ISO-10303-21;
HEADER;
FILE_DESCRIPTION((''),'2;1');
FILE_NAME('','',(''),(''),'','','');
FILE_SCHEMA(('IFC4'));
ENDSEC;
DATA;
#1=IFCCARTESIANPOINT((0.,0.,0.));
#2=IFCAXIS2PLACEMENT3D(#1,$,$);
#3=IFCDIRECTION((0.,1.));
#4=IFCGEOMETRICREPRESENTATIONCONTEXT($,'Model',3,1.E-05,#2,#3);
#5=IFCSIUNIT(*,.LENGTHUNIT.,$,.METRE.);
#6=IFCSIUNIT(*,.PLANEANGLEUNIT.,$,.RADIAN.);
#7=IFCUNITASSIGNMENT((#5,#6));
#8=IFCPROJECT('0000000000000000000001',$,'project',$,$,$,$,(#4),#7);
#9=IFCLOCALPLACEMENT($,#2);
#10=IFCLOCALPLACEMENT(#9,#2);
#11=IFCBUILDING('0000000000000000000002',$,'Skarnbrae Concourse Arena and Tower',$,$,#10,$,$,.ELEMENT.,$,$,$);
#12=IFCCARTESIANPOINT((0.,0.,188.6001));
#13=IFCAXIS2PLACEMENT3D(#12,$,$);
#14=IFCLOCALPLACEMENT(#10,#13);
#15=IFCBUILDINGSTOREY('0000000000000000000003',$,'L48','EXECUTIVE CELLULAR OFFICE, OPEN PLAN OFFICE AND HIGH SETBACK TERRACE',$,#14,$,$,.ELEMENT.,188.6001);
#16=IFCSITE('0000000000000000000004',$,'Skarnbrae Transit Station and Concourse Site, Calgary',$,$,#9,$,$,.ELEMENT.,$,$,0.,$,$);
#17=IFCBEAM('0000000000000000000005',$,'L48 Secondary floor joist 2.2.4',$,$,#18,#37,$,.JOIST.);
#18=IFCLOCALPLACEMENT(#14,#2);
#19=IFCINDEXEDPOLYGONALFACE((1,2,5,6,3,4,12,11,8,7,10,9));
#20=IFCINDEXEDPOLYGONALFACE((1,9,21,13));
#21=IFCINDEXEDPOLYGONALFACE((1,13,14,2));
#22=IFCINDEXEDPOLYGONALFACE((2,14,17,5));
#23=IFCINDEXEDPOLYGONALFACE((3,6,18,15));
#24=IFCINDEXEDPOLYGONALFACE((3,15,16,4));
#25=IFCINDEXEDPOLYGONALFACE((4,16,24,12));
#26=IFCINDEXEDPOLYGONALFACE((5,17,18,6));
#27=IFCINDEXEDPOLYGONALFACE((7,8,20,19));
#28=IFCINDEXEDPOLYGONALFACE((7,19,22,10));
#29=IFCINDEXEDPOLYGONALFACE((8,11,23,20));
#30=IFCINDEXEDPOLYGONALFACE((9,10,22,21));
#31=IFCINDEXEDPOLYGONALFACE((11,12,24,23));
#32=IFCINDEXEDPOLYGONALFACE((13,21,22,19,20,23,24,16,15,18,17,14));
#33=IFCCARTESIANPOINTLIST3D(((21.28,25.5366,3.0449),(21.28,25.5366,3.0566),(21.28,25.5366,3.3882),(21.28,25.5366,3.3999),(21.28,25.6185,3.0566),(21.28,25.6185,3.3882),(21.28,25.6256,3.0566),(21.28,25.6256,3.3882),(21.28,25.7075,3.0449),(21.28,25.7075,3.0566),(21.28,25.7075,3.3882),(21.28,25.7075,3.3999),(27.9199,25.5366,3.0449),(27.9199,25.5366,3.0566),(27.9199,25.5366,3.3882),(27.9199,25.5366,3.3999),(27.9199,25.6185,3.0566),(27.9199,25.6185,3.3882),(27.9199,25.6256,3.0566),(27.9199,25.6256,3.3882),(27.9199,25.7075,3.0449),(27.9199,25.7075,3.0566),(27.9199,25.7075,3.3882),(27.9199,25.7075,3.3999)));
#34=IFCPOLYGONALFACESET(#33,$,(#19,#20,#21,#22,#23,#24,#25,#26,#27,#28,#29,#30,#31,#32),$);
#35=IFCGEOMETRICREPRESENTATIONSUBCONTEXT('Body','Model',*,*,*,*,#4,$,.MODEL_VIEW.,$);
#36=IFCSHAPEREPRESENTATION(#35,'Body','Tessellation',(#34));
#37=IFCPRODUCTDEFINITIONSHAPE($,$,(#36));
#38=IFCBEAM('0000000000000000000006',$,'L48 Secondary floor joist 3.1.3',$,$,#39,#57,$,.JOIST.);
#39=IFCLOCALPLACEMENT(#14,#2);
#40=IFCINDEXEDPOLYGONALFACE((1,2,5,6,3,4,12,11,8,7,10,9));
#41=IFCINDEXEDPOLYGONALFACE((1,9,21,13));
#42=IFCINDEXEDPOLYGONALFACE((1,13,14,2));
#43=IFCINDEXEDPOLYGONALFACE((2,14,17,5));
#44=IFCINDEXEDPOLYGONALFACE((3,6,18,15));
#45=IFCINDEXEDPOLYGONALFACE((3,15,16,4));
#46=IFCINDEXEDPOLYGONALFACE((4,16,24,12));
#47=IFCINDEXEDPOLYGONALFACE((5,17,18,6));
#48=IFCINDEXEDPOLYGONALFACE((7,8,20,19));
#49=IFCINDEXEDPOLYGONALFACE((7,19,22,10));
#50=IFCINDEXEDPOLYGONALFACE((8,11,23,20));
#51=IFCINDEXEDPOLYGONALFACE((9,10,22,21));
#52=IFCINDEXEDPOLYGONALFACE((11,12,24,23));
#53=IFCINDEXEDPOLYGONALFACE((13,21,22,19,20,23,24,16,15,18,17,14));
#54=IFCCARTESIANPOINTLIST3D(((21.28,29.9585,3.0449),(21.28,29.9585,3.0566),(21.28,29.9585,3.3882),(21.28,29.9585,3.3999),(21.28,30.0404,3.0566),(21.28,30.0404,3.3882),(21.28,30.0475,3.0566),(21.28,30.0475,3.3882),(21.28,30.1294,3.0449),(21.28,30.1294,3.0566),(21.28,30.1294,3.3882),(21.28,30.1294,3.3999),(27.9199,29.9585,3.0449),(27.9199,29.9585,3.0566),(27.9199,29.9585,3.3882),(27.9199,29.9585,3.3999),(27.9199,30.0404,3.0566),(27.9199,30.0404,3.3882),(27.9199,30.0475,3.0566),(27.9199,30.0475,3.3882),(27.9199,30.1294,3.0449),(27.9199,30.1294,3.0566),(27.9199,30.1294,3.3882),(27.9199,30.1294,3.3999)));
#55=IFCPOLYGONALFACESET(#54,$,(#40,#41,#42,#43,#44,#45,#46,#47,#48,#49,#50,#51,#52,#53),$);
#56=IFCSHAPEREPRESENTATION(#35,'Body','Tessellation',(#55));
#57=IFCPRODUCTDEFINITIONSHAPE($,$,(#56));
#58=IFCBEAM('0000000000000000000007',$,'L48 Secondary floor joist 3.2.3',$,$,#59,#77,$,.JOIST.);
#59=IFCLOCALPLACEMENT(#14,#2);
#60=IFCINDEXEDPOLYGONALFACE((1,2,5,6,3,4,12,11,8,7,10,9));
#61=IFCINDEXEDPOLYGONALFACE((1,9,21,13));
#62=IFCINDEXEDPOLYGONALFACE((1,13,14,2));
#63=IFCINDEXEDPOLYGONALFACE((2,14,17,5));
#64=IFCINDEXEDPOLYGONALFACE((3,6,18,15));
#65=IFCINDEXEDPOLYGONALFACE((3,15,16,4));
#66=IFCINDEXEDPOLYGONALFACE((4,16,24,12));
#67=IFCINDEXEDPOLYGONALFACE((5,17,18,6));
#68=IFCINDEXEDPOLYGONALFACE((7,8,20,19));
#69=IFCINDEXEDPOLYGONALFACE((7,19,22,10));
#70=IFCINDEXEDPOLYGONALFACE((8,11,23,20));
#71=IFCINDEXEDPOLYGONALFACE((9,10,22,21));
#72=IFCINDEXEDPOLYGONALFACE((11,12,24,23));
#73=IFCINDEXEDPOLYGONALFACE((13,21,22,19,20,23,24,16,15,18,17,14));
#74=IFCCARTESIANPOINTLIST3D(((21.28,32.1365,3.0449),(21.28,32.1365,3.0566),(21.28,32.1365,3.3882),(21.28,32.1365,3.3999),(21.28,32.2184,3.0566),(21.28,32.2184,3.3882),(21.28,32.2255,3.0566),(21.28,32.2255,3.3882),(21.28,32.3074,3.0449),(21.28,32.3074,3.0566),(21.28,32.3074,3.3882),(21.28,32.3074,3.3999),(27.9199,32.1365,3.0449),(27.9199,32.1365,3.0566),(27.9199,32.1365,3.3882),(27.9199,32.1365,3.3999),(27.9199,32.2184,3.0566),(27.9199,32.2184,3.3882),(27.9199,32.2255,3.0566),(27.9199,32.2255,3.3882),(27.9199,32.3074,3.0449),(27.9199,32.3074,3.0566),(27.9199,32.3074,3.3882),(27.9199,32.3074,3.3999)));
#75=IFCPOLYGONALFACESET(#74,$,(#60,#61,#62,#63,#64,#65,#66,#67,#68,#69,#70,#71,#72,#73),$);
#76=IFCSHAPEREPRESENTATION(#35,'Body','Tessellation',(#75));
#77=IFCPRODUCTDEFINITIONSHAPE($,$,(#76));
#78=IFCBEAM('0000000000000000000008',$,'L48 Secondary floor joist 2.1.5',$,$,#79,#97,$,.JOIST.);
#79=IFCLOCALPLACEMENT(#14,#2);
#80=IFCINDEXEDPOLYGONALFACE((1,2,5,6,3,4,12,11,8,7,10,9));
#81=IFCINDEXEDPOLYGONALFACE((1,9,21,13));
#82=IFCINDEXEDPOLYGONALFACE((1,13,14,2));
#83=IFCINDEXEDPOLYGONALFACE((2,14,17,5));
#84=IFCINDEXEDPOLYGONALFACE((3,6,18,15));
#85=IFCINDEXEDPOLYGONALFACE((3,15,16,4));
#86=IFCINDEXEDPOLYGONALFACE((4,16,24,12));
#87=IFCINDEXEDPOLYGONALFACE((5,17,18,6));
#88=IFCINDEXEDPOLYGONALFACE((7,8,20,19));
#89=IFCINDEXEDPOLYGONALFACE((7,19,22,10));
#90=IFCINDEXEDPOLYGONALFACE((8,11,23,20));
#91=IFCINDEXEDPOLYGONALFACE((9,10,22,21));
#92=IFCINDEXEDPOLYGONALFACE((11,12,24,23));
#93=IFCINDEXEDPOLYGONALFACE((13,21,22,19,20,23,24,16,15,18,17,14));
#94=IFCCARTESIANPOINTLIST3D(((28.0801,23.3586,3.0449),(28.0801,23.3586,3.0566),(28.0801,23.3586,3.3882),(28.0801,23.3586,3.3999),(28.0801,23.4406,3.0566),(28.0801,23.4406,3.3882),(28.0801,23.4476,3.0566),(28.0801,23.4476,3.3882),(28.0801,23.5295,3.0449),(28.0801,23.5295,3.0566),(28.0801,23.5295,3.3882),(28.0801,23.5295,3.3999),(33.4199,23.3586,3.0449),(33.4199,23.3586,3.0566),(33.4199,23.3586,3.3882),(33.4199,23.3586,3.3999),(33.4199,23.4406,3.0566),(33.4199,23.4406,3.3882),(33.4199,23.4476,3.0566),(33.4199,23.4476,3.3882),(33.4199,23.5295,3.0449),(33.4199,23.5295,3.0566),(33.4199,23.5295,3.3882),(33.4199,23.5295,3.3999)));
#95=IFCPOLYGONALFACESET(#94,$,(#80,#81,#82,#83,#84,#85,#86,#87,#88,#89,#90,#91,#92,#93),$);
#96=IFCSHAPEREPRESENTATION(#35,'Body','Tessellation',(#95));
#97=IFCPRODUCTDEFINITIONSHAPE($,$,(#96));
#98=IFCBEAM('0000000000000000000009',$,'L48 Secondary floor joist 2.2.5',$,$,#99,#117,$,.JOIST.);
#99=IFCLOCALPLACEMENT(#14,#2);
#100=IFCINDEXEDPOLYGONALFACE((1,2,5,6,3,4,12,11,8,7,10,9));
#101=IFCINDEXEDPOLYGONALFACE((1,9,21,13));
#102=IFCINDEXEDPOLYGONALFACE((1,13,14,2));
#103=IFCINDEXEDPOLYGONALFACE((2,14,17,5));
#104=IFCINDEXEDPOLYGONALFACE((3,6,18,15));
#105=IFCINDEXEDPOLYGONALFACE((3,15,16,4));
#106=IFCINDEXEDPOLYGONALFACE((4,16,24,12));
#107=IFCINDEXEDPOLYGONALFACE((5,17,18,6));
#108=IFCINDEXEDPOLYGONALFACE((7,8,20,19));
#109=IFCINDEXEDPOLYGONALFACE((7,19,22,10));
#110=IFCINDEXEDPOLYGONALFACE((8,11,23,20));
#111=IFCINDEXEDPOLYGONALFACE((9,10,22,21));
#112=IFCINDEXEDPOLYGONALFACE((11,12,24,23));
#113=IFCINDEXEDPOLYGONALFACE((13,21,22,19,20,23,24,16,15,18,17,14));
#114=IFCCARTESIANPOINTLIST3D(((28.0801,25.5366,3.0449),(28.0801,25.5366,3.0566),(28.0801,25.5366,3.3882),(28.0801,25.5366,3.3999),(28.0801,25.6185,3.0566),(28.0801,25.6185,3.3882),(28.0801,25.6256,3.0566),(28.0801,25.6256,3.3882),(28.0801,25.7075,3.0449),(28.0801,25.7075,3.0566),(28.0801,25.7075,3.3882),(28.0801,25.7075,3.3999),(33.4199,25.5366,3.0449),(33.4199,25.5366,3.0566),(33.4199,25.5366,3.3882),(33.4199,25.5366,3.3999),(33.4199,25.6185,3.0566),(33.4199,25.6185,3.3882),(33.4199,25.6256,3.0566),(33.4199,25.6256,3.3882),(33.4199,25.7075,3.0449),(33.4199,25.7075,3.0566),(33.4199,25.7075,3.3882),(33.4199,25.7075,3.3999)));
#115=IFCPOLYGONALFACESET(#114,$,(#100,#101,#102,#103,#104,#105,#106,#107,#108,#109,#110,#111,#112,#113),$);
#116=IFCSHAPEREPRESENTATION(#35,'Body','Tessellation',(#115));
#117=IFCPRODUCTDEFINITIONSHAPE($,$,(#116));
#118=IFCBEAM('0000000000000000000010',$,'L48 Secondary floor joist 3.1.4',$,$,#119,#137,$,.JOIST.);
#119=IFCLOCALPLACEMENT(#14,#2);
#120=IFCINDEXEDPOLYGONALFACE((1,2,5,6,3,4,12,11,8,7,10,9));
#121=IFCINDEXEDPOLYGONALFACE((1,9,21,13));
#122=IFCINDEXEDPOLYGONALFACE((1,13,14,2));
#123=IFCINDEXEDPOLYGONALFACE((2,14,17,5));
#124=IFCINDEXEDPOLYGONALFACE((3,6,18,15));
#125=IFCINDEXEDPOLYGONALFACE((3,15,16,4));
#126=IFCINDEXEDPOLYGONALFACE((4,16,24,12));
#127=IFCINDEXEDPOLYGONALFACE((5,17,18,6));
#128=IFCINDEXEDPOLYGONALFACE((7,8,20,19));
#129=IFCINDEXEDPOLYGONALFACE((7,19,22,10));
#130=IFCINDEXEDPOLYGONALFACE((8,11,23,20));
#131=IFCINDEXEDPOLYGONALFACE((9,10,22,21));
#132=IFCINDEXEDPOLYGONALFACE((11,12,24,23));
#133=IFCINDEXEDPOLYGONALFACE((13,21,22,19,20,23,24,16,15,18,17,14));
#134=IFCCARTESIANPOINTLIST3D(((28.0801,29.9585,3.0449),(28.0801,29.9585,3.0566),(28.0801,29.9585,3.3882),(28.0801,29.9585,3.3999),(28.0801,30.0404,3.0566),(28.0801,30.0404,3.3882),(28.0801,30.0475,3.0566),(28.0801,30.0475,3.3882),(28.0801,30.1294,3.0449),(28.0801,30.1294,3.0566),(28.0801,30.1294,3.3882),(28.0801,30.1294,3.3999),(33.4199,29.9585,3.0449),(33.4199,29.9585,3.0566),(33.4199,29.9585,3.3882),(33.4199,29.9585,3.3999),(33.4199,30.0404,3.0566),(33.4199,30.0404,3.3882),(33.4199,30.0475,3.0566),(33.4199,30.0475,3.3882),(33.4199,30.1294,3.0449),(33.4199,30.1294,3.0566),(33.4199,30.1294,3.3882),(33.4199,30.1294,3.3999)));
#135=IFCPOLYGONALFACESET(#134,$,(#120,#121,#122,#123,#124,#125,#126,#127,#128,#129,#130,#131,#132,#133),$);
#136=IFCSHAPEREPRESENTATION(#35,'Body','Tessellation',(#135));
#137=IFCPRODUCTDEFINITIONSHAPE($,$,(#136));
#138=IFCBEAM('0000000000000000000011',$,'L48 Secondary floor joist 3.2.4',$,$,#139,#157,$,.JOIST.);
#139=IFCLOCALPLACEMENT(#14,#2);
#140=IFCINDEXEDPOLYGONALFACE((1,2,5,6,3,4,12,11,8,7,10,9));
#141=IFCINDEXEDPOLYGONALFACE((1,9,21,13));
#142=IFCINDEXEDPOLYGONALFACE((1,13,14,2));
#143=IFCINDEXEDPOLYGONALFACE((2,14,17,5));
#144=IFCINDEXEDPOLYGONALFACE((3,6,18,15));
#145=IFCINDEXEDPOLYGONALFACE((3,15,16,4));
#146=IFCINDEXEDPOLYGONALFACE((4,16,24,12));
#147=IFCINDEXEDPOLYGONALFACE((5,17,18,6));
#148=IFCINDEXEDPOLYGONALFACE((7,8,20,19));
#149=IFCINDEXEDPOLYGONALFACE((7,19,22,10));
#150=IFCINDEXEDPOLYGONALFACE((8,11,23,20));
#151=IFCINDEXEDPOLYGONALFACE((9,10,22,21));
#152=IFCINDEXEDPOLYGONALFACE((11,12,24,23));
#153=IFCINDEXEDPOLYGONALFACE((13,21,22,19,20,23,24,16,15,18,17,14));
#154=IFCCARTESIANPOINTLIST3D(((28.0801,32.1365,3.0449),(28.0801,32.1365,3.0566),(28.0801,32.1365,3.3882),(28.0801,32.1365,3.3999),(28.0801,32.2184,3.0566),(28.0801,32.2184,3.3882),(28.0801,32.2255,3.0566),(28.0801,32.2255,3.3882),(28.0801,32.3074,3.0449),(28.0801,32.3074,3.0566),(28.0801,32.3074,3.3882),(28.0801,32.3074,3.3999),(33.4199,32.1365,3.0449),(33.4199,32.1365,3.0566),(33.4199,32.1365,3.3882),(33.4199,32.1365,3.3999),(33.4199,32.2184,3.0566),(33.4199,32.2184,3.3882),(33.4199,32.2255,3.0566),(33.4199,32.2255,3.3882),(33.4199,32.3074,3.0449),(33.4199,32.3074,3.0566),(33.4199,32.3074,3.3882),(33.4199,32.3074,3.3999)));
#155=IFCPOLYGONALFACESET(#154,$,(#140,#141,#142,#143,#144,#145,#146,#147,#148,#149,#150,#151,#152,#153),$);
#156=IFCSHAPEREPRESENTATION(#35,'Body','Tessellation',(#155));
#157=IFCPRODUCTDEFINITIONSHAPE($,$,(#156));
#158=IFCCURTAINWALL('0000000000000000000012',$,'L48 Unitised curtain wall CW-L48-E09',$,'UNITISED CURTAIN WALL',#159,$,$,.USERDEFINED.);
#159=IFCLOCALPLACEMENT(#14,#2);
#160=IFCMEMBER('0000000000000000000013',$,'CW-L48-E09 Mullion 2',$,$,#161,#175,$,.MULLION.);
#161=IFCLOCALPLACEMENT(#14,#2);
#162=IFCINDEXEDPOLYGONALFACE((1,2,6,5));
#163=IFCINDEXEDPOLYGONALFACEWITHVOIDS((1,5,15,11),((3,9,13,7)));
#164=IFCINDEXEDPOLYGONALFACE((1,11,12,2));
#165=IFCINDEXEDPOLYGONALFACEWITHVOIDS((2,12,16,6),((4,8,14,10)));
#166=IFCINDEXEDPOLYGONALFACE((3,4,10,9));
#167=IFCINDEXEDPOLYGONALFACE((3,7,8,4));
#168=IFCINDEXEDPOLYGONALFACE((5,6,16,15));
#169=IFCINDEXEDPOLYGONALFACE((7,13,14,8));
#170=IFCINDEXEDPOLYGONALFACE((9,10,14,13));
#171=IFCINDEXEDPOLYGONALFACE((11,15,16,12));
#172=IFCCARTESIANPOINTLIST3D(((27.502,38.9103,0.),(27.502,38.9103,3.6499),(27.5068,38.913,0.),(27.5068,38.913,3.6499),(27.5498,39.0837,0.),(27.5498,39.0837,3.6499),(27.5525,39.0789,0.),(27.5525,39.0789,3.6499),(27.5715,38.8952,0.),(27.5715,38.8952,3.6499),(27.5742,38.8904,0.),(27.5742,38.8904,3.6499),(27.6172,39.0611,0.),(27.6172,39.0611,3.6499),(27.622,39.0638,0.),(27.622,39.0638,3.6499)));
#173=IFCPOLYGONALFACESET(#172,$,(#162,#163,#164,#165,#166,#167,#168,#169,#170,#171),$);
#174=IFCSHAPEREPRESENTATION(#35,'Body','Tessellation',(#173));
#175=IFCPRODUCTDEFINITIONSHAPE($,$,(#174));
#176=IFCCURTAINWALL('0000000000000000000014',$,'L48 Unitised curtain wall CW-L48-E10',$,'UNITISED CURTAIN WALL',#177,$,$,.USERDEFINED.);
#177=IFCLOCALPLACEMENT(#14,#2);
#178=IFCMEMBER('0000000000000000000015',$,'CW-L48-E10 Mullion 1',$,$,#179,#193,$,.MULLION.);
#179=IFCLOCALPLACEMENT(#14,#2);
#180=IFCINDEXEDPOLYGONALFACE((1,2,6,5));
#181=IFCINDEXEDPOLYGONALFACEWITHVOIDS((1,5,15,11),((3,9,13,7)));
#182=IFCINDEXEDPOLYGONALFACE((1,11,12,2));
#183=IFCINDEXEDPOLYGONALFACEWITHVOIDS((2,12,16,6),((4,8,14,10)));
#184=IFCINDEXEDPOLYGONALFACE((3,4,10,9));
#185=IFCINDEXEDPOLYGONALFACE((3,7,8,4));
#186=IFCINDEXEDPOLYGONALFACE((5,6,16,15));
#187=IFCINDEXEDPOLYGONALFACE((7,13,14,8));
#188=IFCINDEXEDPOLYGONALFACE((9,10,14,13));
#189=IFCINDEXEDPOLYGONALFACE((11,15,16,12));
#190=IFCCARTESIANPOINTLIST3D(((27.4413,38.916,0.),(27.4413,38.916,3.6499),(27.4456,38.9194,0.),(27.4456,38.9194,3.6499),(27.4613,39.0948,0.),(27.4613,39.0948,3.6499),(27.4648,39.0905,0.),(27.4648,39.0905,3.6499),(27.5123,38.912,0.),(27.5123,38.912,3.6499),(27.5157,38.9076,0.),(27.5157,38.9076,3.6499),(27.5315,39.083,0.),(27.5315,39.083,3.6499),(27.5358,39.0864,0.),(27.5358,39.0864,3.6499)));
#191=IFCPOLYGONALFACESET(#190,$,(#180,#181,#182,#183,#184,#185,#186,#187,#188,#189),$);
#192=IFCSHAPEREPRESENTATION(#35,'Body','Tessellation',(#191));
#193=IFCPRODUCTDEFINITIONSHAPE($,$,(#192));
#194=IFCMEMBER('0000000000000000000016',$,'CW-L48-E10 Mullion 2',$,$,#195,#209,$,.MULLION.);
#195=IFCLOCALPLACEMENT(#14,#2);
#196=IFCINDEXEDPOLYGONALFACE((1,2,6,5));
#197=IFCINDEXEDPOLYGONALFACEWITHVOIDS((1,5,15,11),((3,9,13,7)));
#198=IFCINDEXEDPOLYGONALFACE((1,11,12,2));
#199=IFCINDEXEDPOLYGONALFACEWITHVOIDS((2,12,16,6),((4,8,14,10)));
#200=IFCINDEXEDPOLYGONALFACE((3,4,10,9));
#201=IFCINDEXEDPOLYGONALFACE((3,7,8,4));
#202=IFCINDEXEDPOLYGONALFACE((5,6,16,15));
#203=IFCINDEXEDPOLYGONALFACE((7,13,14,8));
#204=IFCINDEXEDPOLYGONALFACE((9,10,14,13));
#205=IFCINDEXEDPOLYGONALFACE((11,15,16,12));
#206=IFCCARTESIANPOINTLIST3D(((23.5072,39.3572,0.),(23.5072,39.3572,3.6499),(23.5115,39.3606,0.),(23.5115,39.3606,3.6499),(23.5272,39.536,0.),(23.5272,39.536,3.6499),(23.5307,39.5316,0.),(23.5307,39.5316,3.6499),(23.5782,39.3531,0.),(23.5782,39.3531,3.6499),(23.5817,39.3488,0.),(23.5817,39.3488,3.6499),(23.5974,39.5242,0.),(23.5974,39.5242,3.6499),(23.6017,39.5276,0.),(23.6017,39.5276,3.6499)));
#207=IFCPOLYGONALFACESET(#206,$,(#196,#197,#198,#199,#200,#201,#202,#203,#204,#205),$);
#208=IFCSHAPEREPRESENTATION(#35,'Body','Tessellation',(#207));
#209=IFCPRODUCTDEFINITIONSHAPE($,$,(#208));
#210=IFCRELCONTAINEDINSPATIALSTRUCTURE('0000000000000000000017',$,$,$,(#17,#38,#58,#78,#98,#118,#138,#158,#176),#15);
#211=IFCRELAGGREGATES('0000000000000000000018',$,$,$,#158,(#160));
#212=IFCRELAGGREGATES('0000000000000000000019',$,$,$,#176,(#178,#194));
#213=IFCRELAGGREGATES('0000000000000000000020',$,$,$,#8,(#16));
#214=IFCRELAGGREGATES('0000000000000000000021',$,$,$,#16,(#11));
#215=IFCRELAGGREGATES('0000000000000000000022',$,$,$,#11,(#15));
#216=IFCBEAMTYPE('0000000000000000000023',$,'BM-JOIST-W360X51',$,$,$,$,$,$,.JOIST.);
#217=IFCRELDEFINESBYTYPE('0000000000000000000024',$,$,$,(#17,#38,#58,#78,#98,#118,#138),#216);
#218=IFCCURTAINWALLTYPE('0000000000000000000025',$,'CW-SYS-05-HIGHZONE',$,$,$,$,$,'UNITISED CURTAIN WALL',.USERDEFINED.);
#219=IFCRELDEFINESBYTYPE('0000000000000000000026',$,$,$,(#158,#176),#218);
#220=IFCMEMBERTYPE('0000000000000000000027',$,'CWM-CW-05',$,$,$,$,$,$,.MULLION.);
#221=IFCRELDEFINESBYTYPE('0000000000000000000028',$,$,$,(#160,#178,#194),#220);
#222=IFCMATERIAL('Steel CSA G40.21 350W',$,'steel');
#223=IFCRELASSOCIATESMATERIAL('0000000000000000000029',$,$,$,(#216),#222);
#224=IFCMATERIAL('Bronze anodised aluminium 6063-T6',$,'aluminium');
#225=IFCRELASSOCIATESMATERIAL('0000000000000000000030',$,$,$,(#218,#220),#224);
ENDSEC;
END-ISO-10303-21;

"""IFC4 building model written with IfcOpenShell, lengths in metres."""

from ifc_helpers import new_model, si_unit, direction, frame, origin, origin_2d, place, context, subcontext, project, spatial, hollow_rectangle, i_section, extrude, source, transform, mapped, material, material_profile, profile_set, type_object, element, aggregate, save


model = new_model("IFC4")

# Units and contexts
model_context = context("Model", 3, precision=1e-05, world=origin(), true_north=direction((0.0, 1.0)))
body_context = subcontext(model_context, "Body", "Model", "MODEL_VIEW")
ifc_project = project(units=[si_unit("LENGTHUNIT", "METRE"), si_unit("PLANEANGLEUNIT", "RADIAN")], contexts=[model_context])

# Site, building, storey
site_placement = place(None, origin())
site = spatial("IfcSite", under=ifc_project, at=site_placement, Name="Skarnbrae Transit Station and Concourse Site, Calgary", CompositionType="ELEMENT", RefElevation=0.0)
building_placement = place(site_placement, origin())
building = spatial("IfcBuilding", under=site, at=building_placement, Name="Skarnbrae Concourse Arena and Tower", CompositionType="ELEMENT")
storey_placement = place(building_placement, frame((0.0, 0.0, 188.6001)))
storey = spatial("IfcBuildingStorey", under=building, at=storey_placement, Name="L48", Description="EXECUTIVE CELLULAR OFFICE, OPEN PLAN OFFICE AND HIGH SETBACK TERRACE", CompositionType="ELEMENT", Elevation=188.6001)

# Shared definitions
ifc_material_1 = material(Name="Steel CSA G40.21 350W", Category="steel")

# Beams
ifc_material_profile_1 = material_profile(ifc_material_1, i_section(OverallWidth=0.1709, OverallDepth=0.355, WebThickness=0.0071, FlangeThickness=0.0117, at=origin_2d()), Name="W360X51")
ifc_profile_set_1 = profile_set([ifc_material_profile_1], Name="Steel CSA G40.21 350W")
beam_type_1 = type_object("IfcBeamType", Name="BM-JOIST-W360X51", PredefinedType="JOIST", material=ifc_profile_set_1)
shared_shape_1 = source(origin(), body_context, "Body", "SweptSolid", [
    extrude(i_section(OverallWidth=0.1709, OverallDepth=0.355, WebThickness=0.0071, FlangeThickness=0.0117, at=origin_2d()), origin(), (0.0, 0.0, 1.0), 6.6399),
])
for number, where, z_axis, x_axis, name in (
    (1, (21.28, 25.6221, 3.2224), (1.0, 0.0, 0.0), (0.0, 1.0, 0.0), "L48 Secondary floor joist 2.2.4"),
    (2, (21.28, 30.0439, 3.2224), (1.0, 0.0, 0.0), (0.0, 1.0, 0.0), "L48 Secondary floor joist 3.1.3"),
    (3, (21.28, 32.2219, 3.2224), (1.0, 0.0, 0.0), (0.0, 1.0, 0.0), "L48 Secondary floor joist 3.2.3"),
):
    element("IfcBeam", number, at=place(storey_placement, frame(where, z_axis=z_axis, x_axis=x_axis)), inside=storey, type_object=beam_type_1, Name=name, PredefinedType="JOIST", context=body_context, shape_type="MappedRepresentation", body=[
        mapped(shared_shape_1, transform((0.0, 0.0, 0.0))),
    ])
shared_shape_2 = source(origin(), body_context, "Body", "SweptSolid", [
    extrude(i_section(OverallWidth=0.1709, OverallDepth=0.355, WebThickness=0.0071, FlangeThickness=0.0117, at=origin_2d()), origin(), (0.0, 0.0, 1.0), 5.3398),
])
for number, where, z_axis, x_axis, name in (
    (4, (28.0801, 23.4441, 3.2224), (1.0, 0.0, 0.0), (0.0, 1.0, 0.0), "L48 Secondary floor joist 2.1.5"),
    (5, (28.0801, 25.6221, 3.2224), (1.0, 0.0, 0.0), (0.0, 1.0, 0.0), "L48 Secondary floor joist 2.2.5"),
    (6, (28.0801, 30.0439, 3.2224), (1.0, 0.0, 0.0), (0.0, 1.0, 0.0), "L48 Secondary floor joist 3.1.4"),
    (7, (28.0801, 32.2219, 3.2224), (1.0, 0.0, 0.0), (0.0, 1.0, 0.0), "L48 Secondary floor joist 3.2.4"),
):
    element("IfcBeam", number, at=place(storey_placement, frame(where, z_axis=z_axis, x_axis=x_axis)), inside=storey, type_object=beam_type_1, Name=name, PredefinedType="JOIST", context=body_context, shape_type="MappedRepresentation", body=[
        mapped(shared_shape_2, transform((0.0, 0.0, 0.0))),
    ])

# Curtain wall, member
ifc_material_2 = material(Name="Bronze anodised aluminium 6063-T6", Category="aluminium")
curtain_wall_type = type_object("IfcCurtainWallType", Name="CW-SYS-05-HIGHZONE", ElementType="UNITISED CURTAIN WALL", PredefinedType="USERDEFINED", material=ifc_material_2)
curtain_wall_1_placement = place(storey_placement, origin())
curtain_wall_1 = element("IfcCurtainWall", 8, at=curtain_wall_1_placement, inside=storey, type_object=curtain_wall_type, Name="L48 Unitised curtain wall CW-L48-E09", ObjectType="UNITISED CURTAIN WALL", PredefinedType="USERDEFINED")
ifc_material_profile_2 = material_profile(ifc_material_2, hollow_rectangle(XDim=0.075, YDim=0.1799, WallThickness=0.0039, at=origin_2d()), Name="ALU-MULL-75X180")
ifc_profile_set_2 = profile_set([ifc_material_profile_2], Name="Bronze anodised aluminium 6063-T6")
member_type_1 = type_object("IfcMemberType", Name="CWM-CW-05", PredefinedType="MULLION", material=ifc_profile_set_2)
shared_shape_3 = source(origin(), body_context, "Body", "SweptSolid", [
    extrude(hollow_rectangle(XDim=0.075, YDim=0.1799, WallThickness=0.0039, at=origin_2d()), origin(), (0.0, 0.0, 1.0), 3.6499),
])
member_1_placement = place(storey_placement, frame((27.562, 38.9871, 0.0), z_axis=(0.0, 0.0, 1.0), x_axis=(-0.964057, 0.265694, 0.0)))
member_1 = element("IfcMember", 9, at=member_1_placement, type_object=member_type_1, Name="CW-L48-E09 Mullion 2", PredefinedType="MULLION", context=body_context, shape_type="MappedRepresentation", body=[
    mapped(shared_shape_3, transform((0.0, 0.0, 0.0))),
])
aggregate(curtain_wall_1, [member_1])

# Curtain wall, members
curtain_wall_2_placement = place(storey_placement, origin())
curtain_wall_2 = element("IfcCurtainWall", 10, at=curtain_wall_2_placement, inside=storey, type_object=curtain_wall_type, Name="L48 Unitised curtain wall CW-L48-E10", ObjectType="UNITISED CURTAIN WALL", PredefinedType="USERDEFINED")
member_2_placement = place(storey_placement, frame((27.4885, 39.0012, 0.0), z_axis=(0.0, 0.0, 1.0), x_axis=(-0.993769, 0.11146, 0.0)))
member_2 = element("IfcMember", 11, at=member_2_placement, type_object=member_type_1, Name="CW-L48-E10 Mullion 1", PredefinedType="MULLION", context=body_context, shape_type="MappedRepresentation", body=[
    mapped(shared_shape_3, transform((0.0, 0.0, 0.0))),
])
member_3_placement = place(storey_placement, frame((23.5544, 39.4424, 0.0), z_axis=(0.0, 0.0, 1.0), x_axis=(-0.993769, 0.11146, 0.0)))
member_3 = element("IfcMember", 12, at=member_3_placement, type_object=member_type_1, Name="CW-L48-E10 Mullion 2", PredefinedType="MULLION", context=body_context, shape_type="MappedRepresentation", body=[
    mapped(shared_shape_3, transform((0.0, 0.0, 0.0))),
])

aggregate(curtain_wall_2, [member_2, member_3])

save(model, "model.ifc")
